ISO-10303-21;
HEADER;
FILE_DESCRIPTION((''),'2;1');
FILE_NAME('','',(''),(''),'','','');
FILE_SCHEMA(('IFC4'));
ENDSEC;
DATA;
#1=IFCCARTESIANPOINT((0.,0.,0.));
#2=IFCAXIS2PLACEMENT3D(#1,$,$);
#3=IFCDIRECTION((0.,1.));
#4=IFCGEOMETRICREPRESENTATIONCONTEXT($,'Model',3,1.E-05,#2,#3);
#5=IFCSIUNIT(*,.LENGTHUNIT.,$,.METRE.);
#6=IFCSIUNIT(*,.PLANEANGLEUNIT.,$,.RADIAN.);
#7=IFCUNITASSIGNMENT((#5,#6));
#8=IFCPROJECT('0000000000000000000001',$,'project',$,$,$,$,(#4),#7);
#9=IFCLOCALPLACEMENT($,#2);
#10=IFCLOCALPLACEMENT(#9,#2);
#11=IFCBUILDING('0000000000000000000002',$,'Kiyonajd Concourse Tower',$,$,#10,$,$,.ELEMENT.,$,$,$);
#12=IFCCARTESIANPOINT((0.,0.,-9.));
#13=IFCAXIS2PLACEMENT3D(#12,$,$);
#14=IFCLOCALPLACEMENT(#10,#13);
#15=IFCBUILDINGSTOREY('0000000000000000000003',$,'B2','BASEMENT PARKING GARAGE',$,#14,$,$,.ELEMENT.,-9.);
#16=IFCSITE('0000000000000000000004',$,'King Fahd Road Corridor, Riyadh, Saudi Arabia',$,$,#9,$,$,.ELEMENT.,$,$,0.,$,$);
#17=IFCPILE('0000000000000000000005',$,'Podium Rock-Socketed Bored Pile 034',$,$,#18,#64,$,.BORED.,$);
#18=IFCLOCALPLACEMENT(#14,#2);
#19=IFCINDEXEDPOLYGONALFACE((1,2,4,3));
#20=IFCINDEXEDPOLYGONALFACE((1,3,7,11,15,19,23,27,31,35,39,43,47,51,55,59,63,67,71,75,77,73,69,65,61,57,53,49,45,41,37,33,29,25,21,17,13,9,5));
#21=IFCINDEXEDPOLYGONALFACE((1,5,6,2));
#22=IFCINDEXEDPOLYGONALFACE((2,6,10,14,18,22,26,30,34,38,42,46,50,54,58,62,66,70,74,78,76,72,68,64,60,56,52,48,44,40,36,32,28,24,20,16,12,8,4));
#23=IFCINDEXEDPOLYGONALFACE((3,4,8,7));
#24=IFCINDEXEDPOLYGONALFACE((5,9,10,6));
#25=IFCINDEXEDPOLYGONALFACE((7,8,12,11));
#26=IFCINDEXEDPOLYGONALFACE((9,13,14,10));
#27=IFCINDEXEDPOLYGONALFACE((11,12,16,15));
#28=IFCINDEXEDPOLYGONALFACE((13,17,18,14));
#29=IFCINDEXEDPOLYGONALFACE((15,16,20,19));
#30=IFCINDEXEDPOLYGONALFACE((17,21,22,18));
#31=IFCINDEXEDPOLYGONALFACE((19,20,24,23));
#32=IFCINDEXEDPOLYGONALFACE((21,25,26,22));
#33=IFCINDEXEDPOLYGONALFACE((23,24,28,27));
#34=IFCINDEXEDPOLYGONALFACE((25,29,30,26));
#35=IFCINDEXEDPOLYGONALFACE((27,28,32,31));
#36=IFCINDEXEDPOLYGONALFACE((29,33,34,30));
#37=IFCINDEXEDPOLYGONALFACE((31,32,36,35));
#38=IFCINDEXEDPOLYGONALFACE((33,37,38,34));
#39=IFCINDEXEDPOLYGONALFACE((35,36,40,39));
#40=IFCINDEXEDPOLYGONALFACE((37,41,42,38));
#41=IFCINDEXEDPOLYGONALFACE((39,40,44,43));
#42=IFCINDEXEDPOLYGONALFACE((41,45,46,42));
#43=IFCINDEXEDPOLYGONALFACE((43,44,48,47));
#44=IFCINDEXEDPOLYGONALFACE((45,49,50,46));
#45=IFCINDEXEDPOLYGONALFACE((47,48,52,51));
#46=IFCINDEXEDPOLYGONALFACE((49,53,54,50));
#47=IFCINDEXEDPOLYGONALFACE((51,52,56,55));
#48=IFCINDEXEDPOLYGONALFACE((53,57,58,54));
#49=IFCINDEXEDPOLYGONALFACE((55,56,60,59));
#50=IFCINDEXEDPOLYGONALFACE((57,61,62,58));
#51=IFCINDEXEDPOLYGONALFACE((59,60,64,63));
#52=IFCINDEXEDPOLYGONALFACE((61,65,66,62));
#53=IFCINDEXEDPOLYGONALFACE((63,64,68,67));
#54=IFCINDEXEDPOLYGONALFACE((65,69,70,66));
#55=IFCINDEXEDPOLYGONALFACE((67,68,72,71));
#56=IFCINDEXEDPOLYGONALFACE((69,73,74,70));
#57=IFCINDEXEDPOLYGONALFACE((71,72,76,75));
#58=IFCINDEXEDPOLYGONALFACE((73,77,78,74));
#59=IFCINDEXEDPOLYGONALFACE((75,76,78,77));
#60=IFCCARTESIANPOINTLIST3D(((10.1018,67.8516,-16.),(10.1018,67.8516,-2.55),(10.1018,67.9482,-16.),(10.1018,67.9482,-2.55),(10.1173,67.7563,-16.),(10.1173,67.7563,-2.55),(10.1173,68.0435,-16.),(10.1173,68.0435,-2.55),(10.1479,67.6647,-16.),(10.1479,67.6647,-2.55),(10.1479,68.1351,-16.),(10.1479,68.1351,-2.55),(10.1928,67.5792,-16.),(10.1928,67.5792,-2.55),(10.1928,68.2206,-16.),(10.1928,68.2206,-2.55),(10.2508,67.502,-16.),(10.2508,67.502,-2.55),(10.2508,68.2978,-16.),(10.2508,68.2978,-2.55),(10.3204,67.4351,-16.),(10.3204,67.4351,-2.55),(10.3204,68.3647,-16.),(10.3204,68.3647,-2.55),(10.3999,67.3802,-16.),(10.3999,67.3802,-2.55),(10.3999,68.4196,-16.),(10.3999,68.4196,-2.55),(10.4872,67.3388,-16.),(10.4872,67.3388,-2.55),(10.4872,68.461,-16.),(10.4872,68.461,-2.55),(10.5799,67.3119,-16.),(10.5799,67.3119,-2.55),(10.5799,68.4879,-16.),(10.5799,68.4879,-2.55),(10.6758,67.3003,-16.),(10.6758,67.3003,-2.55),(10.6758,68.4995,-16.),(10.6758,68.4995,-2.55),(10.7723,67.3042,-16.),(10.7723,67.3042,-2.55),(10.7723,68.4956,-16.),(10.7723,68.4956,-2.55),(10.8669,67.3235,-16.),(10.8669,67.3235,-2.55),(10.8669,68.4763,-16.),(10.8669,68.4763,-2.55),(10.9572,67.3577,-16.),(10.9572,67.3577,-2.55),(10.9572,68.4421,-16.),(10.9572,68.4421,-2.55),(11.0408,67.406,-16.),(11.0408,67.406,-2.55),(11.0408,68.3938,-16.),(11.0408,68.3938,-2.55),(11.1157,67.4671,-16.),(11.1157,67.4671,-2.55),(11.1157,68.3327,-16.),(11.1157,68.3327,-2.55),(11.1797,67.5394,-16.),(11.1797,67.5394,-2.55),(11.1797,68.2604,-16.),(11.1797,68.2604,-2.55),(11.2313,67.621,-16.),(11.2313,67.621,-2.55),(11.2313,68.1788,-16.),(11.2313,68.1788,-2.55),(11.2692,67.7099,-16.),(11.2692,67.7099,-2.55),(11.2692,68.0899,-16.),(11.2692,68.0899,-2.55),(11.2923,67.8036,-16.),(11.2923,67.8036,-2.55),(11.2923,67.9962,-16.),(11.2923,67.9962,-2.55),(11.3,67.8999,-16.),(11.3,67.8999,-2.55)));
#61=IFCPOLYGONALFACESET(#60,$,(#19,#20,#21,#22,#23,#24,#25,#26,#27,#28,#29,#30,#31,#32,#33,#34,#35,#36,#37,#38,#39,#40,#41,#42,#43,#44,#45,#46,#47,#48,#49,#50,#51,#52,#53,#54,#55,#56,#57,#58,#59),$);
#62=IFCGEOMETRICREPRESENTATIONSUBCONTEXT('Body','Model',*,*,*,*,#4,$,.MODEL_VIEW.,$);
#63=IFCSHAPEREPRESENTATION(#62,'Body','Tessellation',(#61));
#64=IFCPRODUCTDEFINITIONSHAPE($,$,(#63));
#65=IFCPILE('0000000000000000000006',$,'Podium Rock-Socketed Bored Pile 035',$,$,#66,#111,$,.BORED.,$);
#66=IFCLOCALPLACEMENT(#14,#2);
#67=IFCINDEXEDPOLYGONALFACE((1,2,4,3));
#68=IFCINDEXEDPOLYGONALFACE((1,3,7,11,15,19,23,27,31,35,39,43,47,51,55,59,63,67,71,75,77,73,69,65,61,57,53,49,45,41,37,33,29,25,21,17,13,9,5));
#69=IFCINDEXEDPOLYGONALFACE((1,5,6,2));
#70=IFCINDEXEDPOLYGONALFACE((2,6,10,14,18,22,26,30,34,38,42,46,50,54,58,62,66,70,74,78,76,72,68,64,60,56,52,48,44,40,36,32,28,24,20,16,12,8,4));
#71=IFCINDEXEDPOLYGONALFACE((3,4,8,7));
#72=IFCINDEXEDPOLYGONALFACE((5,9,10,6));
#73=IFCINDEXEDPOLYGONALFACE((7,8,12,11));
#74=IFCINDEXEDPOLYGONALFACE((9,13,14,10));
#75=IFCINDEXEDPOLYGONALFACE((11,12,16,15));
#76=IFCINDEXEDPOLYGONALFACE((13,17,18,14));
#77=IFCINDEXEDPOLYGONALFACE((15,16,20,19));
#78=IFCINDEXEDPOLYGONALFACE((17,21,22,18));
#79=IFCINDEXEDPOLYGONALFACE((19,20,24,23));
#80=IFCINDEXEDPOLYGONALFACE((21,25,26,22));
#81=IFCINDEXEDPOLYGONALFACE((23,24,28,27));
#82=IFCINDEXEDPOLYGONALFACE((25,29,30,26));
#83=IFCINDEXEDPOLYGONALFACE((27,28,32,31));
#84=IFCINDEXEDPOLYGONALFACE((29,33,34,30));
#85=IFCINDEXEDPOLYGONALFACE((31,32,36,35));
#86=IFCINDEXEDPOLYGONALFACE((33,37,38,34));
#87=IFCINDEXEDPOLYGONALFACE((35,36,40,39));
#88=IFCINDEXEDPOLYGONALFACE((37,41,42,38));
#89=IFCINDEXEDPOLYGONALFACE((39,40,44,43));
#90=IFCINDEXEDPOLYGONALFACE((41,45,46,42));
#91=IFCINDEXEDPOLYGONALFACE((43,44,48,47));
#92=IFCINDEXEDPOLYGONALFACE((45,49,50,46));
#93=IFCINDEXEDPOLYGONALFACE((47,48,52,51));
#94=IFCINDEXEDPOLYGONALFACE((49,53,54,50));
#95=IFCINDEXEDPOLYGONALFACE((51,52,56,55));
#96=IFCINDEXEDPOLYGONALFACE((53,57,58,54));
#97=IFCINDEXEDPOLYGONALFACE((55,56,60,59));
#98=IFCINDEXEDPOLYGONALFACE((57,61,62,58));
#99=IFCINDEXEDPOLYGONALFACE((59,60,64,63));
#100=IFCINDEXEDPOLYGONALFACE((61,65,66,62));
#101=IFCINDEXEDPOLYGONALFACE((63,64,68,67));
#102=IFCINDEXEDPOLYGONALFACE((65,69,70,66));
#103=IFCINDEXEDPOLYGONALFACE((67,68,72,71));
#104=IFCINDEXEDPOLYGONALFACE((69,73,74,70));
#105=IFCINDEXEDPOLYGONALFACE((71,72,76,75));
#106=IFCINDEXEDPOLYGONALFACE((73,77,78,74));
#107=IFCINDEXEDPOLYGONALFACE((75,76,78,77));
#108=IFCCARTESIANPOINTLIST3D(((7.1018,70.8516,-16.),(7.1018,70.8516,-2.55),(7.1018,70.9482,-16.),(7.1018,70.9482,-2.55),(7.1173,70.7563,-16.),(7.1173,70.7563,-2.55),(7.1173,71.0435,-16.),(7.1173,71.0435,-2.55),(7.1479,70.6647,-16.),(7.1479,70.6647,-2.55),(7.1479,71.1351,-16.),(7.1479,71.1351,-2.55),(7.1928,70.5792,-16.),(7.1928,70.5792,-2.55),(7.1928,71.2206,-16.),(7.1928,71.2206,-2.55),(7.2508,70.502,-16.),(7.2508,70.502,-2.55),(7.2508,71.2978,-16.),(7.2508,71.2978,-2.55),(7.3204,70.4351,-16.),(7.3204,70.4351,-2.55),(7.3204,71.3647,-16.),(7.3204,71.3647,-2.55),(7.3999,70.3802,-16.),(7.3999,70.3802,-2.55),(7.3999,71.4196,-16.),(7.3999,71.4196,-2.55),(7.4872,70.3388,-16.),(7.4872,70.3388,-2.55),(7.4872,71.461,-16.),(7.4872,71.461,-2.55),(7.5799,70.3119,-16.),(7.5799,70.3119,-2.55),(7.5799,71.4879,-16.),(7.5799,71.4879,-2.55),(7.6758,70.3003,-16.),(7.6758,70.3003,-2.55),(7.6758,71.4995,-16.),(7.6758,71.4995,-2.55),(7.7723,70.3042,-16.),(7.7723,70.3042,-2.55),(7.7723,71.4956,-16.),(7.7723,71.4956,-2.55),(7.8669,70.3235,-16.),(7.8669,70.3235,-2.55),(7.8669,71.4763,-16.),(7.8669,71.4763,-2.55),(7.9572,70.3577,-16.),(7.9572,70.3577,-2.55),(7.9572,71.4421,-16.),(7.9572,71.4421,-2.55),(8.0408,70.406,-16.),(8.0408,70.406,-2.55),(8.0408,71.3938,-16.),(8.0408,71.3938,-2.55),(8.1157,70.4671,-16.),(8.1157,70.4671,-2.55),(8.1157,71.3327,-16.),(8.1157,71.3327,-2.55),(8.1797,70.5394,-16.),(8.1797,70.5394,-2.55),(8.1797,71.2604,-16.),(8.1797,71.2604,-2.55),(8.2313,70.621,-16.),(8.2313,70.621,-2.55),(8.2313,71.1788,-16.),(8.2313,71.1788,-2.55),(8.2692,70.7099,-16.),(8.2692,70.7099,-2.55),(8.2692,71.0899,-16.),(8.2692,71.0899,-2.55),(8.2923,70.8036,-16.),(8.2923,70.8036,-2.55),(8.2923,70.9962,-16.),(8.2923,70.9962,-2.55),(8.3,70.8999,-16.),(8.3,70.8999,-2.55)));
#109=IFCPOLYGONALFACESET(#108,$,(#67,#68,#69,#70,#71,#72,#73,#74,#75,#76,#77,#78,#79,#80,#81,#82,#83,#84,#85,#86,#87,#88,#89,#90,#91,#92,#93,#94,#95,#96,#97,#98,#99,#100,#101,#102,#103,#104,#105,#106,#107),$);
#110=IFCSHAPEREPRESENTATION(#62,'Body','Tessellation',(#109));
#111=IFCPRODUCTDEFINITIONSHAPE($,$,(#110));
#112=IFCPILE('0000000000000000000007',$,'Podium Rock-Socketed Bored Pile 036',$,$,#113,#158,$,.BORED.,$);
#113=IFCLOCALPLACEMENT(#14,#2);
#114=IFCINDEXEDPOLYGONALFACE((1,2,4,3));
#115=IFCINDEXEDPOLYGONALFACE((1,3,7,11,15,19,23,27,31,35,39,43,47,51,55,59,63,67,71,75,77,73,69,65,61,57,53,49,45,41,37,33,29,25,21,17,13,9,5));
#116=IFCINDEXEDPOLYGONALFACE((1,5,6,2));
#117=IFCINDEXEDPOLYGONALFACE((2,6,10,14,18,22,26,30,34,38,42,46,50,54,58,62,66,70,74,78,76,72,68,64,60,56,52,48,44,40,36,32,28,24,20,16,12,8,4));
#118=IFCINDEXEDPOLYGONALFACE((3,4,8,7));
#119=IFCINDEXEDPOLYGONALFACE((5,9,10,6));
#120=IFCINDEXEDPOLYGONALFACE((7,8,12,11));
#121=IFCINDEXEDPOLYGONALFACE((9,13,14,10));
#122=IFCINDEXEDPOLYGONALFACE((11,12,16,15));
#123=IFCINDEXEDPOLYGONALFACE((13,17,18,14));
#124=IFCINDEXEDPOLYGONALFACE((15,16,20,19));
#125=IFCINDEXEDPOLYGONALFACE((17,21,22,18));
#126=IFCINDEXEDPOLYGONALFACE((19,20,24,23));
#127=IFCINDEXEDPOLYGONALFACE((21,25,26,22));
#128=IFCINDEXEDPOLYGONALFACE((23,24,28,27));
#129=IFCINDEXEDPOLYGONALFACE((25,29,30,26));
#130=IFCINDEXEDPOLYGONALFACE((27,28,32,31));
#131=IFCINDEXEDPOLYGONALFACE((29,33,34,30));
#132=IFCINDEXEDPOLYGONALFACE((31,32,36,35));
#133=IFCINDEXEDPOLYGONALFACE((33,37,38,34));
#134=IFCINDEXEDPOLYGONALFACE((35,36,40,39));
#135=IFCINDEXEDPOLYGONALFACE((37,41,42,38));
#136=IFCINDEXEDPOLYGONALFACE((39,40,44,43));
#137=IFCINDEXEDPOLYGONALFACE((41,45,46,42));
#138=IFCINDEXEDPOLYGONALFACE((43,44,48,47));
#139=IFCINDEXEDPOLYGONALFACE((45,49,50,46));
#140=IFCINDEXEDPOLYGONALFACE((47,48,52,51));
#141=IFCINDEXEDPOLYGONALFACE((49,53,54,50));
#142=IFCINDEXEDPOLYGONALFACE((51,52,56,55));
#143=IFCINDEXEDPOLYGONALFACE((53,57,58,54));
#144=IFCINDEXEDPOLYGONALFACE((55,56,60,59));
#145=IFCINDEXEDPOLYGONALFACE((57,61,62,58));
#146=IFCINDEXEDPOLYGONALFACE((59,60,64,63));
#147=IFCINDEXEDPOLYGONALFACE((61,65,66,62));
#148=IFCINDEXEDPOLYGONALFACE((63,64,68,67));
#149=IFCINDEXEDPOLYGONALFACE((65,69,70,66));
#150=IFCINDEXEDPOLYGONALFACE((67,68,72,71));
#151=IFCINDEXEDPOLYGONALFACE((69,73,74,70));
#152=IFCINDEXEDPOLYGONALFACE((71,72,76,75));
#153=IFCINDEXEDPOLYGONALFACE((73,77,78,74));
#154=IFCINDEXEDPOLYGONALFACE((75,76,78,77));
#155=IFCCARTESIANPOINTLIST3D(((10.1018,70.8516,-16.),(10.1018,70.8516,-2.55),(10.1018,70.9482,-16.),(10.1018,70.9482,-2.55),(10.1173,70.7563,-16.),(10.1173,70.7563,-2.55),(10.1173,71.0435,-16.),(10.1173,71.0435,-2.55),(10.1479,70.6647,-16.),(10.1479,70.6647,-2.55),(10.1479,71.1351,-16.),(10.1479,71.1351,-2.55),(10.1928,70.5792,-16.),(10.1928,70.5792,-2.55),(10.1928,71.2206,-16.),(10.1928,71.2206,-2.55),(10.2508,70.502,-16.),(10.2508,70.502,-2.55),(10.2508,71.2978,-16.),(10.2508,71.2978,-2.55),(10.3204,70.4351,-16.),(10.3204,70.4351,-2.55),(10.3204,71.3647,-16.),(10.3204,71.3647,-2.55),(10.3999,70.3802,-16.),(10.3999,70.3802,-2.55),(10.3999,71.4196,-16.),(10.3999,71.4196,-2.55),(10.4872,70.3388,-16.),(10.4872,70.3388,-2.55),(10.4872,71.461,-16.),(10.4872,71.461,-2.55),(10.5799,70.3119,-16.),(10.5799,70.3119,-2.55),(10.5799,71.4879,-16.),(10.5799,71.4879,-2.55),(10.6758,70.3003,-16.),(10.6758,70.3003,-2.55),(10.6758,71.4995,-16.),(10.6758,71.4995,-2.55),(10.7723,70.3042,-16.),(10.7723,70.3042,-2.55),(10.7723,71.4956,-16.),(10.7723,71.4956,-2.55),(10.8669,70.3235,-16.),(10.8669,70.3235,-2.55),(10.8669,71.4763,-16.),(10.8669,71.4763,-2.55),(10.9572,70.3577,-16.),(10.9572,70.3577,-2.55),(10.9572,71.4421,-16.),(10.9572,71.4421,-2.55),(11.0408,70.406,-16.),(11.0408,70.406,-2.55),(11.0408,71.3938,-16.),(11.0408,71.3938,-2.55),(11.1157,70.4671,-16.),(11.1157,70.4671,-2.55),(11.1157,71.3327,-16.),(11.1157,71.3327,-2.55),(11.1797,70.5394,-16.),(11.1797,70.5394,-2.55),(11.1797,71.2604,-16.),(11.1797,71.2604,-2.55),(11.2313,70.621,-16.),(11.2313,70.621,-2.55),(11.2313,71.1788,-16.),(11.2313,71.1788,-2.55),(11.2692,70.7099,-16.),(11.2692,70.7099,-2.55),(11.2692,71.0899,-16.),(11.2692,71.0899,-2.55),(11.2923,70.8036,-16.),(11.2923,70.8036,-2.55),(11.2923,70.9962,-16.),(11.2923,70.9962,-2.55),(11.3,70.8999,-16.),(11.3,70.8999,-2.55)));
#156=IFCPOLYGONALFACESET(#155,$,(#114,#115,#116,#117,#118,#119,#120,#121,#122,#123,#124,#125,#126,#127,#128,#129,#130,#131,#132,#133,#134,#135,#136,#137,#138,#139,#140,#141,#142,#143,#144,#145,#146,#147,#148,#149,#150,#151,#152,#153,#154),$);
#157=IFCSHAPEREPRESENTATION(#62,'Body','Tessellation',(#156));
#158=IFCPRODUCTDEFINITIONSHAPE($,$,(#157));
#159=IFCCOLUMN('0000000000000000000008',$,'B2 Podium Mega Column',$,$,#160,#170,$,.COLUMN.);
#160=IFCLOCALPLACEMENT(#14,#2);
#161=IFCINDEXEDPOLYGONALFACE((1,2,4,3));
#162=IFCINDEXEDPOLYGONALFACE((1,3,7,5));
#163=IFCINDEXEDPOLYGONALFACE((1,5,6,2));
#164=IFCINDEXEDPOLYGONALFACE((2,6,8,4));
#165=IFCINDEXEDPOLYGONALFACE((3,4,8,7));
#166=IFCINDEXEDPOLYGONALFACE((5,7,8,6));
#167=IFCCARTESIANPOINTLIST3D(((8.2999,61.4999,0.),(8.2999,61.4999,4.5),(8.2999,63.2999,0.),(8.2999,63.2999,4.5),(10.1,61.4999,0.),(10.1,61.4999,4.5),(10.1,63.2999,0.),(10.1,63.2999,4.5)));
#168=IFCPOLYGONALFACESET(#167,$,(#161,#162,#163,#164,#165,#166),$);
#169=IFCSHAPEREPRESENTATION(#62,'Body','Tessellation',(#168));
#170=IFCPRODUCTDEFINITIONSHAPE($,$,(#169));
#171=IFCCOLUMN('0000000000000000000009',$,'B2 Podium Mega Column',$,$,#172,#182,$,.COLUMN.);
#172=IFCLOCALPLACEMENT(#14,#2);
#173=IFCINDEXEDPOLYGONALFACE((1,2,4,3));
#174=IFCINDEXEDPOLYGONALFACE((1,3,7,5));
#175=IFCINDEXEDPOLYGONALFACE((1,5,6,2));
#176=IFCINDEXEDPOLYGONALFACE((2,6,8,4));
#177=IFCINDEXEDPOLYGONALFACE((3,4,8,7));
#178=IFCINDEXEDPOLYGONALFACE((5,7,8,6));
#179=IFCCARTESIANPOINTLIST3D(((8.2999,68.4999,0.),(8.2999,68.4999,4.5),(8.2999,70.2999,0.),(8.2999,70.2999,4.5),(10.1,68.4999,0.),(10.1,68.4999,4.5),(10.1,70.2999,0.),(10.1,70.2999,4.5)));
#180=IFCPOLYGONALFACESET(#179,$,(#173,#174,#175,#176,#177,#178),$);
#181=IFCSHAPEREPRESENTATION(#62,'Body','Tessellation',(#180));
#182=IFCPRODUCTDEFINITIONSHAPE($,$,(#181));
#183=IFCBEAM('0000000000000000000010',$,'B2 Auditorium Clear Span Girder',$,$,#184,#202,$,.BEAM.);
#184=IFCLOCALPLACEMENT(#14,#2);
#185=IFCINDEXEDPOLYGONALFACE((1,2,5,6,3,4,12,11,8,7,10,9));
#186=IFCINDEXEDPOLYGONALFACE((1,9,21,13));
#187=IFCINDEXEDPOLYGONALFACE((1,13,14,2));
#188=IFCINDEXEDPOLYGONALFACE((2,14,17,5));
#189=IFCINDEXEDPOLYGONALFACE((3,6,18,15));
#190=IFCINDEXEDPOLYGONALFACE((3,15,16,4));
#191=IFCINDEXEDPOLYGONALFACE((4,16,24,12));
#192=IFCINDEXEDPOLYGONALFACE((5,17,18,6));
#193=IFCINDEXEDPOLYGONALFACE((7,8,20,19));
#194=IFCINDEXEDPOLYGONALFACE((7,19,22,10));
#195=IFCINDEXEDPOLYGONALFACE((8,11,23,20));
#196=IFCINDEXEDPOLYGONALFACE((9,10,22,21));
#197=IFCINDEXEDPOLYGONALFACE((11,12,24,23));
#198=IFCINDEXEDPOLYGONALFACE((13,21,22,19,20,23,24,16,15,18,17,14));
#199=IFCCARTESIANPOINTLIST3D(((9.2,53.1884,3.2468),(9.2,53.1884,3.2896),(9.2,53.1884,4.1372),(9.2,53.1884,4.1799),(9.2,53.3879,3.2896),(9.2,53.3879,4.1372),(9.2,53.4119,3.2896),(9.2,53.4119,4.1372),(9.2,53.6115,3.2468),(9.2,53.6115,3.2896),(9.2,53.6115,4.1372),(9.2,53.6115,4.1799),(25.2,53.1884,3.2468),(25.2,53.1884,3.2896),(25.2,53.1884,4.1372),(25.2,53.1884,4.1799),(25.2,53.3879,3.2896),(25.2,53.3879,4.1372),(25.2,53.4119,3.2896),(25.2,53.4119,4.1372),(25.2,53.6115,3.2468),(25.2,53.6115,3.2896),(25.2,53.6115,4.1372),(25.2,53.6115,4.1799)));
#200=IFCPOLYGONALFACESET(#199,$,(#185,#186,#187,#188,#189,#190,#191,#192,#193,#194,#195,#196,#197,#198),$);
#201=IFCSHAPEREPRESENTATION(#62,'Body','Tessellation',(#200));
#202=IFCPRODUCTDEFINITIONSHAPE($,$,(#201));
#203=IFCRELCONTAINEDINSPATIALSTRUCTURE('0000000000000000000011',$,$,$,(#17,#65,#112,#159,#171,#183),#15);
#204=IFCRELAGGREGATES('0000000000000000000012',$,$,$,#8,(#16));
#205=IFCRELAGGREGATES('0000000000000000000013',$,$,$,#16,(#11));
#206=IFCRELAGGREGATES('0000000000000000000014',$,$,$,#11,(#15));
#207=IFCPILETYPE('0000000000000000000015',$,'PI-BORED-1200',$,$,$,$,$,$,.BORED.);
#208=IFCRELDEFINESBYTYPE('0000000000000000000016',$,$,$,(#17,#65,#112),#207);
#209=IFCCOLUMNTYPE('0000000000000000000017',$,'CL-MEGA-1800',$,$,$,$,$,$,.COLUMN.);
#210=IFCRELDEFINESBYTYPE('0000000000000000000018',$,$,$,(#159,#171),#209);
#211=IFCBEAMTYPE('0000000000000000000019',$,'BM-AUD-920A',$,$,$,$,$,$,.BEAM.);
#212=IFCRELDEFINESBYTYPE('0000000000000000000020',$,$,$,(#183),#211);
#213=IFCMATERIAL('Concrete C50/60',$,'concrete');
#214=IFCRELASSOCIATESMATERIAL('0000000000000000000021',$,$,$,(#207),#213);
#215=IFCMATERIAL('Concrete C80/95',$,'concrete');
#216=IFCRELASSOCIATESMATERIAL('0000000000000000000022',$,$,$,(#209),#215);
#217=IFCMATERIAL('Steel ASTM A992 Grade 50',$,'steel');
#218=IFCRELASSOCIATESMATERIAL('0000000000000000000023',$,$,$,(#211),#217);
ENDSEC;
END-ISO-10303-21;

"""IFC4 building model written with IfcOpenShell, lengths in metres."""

from ifc_helpers import new_model, si_unit, direction, frame, origin, origin_2d, place, context, subcontext, project, spatial, rectangle, circle, i_section, extrude, material, material_profile, profile_set, type_object, element, save


model = new_model("IFC4")

# Units and contexts
model_context = context("Model", 3, precision=1e-05, world=origin(), true_north=direction((0.0, 1.0)))
body_context = subcontext(model_context, "Body", "Model", "MODEL_VIEW")
ifc_project = project(units=[si_unit("LENGTHUNIT", "METRE"), si_unit("PLANEANGLEUNIT", "RADIAN")], contexts=[model_context])

# Site, building, storey
site_placement = place(None, origin())
site = spatial("IfcSite", under=ifc_project, at=site_placement, Name="King Fahd Road Corridor, Riyadh, Saudi Arabia", CompositionType="ELEMENT", RefElevation=0.0)
building_placement = place(site_placement, origin())
building = spatial("IfcBuilding", under=site, at=building_placement, Name="Kiyonajd Concourse Tower", CompositionType="ELEMENT")
storey_placement = place(building_placement, frame((0.0, 0.0, -9.0)))
storey = spatial("IfcBuildingStorey", under=building, at=storey_placement, Name="B2", Description="BASEMENT PARKING GARAGE", CompositionType="ELEMENT", Elevation=-9.0)

# Shared definitions
ifc_material_1 = material(Name="Concrete C50/60", Category="concrete")

# Piles
ifc_material_profile_1 = material_profile(ifc_material_1, circle(Radius=0.6001, at=origin_2d()), Name="PILE-D1200")
ifc_profile_set_1 = profile_set([ifc_material_profile_1], Name="Concrete C50/60")
pile_type = type_object("IfcPileType", Name="PI-BORED-1200", PredefinedType="BORED", material=ifc_profile_set_1)
for number, where, z_axis, x_axis, name in (
    (1, (10.7, 67.8999, -2.55), (0.0, 0.0, -1.0), (1.0, 0.0, 0.0), "Podium Rock-Socketed Bored Pile 034"),
    (2, (7.7, 70.8999, -2.55), (0.0, 0.0, -1.0), (1.0, 0.0, 0.0), "Podium Rock-Socketed Bored Pile 035"),
    (3, (10.7, 70.8999, -2.55), (0.0, 0.0, -1.0), (1.0, 0.0, 0.0), "Podium Rock-Socketed Bored Pile 036"),
):
    element("IfcPile", number, at=place(storey_placement, frame(where, z_axis=z_axis, x_axis=x_axis)), inside=storey, type_object=pile_type, Name=name, PredefinedType="BORED", context=body_context, shape_type="SweptSolid", body=[
        extrude(circle(Radius=0.6001, at=origin_2d()), origin(), (0.0, 0.0, 1.0), 13.45),
    ])

# Columns
ifc_material_2 = material(Name="Concrete C80/95", Category="concrete")
ifc_material_profile_2 = material_profile(ifc_material_2, rectangle(XDim=1.8, YDim=1.8, at=origin_2d()), Name="RC-1800x1800")
ifc_profile_set_2 = profile_set([ifc_material_profile_2], Name="Concrete C80/95")
column_type = type_object("IfcColumnType", Name="CL-MEGA-1800", PredefinedType="COLUMN", material=ifc_profile_set_2)
for number, where, z_axis, x_axis, name in (
    (4, (9.2, 62.3999, 0.0), (0.0, 0.0, 1.0), (1.0, 0.0, 0.0), "B2 Podium Mega Column"),
    (5, (9.2, 69.3999, 0.0), (0.0, 0.0, 1.0), (1.0, 0.0, 0.0), "B2 Podium Mega Column"),
):
    element("IfcColumn", number, at=place(storey_placement, frame(where, z_axis=z_axis, x_axis=x_axis)), inside=storey, type_object=column_type, Name=name, PredefinedType="COLUMN", context=body_context, shape_type="SweptSolid", body=[
        extrude(rectangle(XDim=1.8, YDim=1.8, at=origin_2d()), origin(), (0.0, 0.0, 1.0), 4.5),
    ])

# Beam
ifc_material_3 = material(Name="Steel ASTM A992 Grade 50", Category="steel")
ifc_material_profile_3 = material_profile(ifc_material_3, i_section(OverallWidth=0.4231, OverallDepth=0.9331, WebThickness=0.0239, FlangeThickness=0.0427, at=origin_2d()), Name="W920X446")
ifc_profile_set_3 = profile_set([ifc_material_profile_3], Name="Steel ASTM A992 Grade 50")
beam_type_1 = type_object("IfcBeamType", Name="BM-AUD-920A", PredefinedType="BEAM", material=ifc_profile_set_3)
beam_1_placement = place(storey_placement, frame((9.2, 53.3999, 3.7134), z_axis=(1.0, 0.0, 0.0), x_axis=(0.0, 1.0, 0.0)))
element("IfcBeam", 6, at=beam_1_placement, inside=storey, type_object=beam_type_1, Name="B2 Auditorium Clear Span Girder", PredefinedType="BEAM", context=body_context, shape_type="SweptSolid", body=[
    extrude(i_section(OverallWidth=0.4231, OverallDepth=0.9331, WebThickness=0.0239, FlangeThickness=0.0427, at=origin_2d()), origin(), (0.0, 0.0, 1.0), 16.0),
])

save(model, "model.ifc")
